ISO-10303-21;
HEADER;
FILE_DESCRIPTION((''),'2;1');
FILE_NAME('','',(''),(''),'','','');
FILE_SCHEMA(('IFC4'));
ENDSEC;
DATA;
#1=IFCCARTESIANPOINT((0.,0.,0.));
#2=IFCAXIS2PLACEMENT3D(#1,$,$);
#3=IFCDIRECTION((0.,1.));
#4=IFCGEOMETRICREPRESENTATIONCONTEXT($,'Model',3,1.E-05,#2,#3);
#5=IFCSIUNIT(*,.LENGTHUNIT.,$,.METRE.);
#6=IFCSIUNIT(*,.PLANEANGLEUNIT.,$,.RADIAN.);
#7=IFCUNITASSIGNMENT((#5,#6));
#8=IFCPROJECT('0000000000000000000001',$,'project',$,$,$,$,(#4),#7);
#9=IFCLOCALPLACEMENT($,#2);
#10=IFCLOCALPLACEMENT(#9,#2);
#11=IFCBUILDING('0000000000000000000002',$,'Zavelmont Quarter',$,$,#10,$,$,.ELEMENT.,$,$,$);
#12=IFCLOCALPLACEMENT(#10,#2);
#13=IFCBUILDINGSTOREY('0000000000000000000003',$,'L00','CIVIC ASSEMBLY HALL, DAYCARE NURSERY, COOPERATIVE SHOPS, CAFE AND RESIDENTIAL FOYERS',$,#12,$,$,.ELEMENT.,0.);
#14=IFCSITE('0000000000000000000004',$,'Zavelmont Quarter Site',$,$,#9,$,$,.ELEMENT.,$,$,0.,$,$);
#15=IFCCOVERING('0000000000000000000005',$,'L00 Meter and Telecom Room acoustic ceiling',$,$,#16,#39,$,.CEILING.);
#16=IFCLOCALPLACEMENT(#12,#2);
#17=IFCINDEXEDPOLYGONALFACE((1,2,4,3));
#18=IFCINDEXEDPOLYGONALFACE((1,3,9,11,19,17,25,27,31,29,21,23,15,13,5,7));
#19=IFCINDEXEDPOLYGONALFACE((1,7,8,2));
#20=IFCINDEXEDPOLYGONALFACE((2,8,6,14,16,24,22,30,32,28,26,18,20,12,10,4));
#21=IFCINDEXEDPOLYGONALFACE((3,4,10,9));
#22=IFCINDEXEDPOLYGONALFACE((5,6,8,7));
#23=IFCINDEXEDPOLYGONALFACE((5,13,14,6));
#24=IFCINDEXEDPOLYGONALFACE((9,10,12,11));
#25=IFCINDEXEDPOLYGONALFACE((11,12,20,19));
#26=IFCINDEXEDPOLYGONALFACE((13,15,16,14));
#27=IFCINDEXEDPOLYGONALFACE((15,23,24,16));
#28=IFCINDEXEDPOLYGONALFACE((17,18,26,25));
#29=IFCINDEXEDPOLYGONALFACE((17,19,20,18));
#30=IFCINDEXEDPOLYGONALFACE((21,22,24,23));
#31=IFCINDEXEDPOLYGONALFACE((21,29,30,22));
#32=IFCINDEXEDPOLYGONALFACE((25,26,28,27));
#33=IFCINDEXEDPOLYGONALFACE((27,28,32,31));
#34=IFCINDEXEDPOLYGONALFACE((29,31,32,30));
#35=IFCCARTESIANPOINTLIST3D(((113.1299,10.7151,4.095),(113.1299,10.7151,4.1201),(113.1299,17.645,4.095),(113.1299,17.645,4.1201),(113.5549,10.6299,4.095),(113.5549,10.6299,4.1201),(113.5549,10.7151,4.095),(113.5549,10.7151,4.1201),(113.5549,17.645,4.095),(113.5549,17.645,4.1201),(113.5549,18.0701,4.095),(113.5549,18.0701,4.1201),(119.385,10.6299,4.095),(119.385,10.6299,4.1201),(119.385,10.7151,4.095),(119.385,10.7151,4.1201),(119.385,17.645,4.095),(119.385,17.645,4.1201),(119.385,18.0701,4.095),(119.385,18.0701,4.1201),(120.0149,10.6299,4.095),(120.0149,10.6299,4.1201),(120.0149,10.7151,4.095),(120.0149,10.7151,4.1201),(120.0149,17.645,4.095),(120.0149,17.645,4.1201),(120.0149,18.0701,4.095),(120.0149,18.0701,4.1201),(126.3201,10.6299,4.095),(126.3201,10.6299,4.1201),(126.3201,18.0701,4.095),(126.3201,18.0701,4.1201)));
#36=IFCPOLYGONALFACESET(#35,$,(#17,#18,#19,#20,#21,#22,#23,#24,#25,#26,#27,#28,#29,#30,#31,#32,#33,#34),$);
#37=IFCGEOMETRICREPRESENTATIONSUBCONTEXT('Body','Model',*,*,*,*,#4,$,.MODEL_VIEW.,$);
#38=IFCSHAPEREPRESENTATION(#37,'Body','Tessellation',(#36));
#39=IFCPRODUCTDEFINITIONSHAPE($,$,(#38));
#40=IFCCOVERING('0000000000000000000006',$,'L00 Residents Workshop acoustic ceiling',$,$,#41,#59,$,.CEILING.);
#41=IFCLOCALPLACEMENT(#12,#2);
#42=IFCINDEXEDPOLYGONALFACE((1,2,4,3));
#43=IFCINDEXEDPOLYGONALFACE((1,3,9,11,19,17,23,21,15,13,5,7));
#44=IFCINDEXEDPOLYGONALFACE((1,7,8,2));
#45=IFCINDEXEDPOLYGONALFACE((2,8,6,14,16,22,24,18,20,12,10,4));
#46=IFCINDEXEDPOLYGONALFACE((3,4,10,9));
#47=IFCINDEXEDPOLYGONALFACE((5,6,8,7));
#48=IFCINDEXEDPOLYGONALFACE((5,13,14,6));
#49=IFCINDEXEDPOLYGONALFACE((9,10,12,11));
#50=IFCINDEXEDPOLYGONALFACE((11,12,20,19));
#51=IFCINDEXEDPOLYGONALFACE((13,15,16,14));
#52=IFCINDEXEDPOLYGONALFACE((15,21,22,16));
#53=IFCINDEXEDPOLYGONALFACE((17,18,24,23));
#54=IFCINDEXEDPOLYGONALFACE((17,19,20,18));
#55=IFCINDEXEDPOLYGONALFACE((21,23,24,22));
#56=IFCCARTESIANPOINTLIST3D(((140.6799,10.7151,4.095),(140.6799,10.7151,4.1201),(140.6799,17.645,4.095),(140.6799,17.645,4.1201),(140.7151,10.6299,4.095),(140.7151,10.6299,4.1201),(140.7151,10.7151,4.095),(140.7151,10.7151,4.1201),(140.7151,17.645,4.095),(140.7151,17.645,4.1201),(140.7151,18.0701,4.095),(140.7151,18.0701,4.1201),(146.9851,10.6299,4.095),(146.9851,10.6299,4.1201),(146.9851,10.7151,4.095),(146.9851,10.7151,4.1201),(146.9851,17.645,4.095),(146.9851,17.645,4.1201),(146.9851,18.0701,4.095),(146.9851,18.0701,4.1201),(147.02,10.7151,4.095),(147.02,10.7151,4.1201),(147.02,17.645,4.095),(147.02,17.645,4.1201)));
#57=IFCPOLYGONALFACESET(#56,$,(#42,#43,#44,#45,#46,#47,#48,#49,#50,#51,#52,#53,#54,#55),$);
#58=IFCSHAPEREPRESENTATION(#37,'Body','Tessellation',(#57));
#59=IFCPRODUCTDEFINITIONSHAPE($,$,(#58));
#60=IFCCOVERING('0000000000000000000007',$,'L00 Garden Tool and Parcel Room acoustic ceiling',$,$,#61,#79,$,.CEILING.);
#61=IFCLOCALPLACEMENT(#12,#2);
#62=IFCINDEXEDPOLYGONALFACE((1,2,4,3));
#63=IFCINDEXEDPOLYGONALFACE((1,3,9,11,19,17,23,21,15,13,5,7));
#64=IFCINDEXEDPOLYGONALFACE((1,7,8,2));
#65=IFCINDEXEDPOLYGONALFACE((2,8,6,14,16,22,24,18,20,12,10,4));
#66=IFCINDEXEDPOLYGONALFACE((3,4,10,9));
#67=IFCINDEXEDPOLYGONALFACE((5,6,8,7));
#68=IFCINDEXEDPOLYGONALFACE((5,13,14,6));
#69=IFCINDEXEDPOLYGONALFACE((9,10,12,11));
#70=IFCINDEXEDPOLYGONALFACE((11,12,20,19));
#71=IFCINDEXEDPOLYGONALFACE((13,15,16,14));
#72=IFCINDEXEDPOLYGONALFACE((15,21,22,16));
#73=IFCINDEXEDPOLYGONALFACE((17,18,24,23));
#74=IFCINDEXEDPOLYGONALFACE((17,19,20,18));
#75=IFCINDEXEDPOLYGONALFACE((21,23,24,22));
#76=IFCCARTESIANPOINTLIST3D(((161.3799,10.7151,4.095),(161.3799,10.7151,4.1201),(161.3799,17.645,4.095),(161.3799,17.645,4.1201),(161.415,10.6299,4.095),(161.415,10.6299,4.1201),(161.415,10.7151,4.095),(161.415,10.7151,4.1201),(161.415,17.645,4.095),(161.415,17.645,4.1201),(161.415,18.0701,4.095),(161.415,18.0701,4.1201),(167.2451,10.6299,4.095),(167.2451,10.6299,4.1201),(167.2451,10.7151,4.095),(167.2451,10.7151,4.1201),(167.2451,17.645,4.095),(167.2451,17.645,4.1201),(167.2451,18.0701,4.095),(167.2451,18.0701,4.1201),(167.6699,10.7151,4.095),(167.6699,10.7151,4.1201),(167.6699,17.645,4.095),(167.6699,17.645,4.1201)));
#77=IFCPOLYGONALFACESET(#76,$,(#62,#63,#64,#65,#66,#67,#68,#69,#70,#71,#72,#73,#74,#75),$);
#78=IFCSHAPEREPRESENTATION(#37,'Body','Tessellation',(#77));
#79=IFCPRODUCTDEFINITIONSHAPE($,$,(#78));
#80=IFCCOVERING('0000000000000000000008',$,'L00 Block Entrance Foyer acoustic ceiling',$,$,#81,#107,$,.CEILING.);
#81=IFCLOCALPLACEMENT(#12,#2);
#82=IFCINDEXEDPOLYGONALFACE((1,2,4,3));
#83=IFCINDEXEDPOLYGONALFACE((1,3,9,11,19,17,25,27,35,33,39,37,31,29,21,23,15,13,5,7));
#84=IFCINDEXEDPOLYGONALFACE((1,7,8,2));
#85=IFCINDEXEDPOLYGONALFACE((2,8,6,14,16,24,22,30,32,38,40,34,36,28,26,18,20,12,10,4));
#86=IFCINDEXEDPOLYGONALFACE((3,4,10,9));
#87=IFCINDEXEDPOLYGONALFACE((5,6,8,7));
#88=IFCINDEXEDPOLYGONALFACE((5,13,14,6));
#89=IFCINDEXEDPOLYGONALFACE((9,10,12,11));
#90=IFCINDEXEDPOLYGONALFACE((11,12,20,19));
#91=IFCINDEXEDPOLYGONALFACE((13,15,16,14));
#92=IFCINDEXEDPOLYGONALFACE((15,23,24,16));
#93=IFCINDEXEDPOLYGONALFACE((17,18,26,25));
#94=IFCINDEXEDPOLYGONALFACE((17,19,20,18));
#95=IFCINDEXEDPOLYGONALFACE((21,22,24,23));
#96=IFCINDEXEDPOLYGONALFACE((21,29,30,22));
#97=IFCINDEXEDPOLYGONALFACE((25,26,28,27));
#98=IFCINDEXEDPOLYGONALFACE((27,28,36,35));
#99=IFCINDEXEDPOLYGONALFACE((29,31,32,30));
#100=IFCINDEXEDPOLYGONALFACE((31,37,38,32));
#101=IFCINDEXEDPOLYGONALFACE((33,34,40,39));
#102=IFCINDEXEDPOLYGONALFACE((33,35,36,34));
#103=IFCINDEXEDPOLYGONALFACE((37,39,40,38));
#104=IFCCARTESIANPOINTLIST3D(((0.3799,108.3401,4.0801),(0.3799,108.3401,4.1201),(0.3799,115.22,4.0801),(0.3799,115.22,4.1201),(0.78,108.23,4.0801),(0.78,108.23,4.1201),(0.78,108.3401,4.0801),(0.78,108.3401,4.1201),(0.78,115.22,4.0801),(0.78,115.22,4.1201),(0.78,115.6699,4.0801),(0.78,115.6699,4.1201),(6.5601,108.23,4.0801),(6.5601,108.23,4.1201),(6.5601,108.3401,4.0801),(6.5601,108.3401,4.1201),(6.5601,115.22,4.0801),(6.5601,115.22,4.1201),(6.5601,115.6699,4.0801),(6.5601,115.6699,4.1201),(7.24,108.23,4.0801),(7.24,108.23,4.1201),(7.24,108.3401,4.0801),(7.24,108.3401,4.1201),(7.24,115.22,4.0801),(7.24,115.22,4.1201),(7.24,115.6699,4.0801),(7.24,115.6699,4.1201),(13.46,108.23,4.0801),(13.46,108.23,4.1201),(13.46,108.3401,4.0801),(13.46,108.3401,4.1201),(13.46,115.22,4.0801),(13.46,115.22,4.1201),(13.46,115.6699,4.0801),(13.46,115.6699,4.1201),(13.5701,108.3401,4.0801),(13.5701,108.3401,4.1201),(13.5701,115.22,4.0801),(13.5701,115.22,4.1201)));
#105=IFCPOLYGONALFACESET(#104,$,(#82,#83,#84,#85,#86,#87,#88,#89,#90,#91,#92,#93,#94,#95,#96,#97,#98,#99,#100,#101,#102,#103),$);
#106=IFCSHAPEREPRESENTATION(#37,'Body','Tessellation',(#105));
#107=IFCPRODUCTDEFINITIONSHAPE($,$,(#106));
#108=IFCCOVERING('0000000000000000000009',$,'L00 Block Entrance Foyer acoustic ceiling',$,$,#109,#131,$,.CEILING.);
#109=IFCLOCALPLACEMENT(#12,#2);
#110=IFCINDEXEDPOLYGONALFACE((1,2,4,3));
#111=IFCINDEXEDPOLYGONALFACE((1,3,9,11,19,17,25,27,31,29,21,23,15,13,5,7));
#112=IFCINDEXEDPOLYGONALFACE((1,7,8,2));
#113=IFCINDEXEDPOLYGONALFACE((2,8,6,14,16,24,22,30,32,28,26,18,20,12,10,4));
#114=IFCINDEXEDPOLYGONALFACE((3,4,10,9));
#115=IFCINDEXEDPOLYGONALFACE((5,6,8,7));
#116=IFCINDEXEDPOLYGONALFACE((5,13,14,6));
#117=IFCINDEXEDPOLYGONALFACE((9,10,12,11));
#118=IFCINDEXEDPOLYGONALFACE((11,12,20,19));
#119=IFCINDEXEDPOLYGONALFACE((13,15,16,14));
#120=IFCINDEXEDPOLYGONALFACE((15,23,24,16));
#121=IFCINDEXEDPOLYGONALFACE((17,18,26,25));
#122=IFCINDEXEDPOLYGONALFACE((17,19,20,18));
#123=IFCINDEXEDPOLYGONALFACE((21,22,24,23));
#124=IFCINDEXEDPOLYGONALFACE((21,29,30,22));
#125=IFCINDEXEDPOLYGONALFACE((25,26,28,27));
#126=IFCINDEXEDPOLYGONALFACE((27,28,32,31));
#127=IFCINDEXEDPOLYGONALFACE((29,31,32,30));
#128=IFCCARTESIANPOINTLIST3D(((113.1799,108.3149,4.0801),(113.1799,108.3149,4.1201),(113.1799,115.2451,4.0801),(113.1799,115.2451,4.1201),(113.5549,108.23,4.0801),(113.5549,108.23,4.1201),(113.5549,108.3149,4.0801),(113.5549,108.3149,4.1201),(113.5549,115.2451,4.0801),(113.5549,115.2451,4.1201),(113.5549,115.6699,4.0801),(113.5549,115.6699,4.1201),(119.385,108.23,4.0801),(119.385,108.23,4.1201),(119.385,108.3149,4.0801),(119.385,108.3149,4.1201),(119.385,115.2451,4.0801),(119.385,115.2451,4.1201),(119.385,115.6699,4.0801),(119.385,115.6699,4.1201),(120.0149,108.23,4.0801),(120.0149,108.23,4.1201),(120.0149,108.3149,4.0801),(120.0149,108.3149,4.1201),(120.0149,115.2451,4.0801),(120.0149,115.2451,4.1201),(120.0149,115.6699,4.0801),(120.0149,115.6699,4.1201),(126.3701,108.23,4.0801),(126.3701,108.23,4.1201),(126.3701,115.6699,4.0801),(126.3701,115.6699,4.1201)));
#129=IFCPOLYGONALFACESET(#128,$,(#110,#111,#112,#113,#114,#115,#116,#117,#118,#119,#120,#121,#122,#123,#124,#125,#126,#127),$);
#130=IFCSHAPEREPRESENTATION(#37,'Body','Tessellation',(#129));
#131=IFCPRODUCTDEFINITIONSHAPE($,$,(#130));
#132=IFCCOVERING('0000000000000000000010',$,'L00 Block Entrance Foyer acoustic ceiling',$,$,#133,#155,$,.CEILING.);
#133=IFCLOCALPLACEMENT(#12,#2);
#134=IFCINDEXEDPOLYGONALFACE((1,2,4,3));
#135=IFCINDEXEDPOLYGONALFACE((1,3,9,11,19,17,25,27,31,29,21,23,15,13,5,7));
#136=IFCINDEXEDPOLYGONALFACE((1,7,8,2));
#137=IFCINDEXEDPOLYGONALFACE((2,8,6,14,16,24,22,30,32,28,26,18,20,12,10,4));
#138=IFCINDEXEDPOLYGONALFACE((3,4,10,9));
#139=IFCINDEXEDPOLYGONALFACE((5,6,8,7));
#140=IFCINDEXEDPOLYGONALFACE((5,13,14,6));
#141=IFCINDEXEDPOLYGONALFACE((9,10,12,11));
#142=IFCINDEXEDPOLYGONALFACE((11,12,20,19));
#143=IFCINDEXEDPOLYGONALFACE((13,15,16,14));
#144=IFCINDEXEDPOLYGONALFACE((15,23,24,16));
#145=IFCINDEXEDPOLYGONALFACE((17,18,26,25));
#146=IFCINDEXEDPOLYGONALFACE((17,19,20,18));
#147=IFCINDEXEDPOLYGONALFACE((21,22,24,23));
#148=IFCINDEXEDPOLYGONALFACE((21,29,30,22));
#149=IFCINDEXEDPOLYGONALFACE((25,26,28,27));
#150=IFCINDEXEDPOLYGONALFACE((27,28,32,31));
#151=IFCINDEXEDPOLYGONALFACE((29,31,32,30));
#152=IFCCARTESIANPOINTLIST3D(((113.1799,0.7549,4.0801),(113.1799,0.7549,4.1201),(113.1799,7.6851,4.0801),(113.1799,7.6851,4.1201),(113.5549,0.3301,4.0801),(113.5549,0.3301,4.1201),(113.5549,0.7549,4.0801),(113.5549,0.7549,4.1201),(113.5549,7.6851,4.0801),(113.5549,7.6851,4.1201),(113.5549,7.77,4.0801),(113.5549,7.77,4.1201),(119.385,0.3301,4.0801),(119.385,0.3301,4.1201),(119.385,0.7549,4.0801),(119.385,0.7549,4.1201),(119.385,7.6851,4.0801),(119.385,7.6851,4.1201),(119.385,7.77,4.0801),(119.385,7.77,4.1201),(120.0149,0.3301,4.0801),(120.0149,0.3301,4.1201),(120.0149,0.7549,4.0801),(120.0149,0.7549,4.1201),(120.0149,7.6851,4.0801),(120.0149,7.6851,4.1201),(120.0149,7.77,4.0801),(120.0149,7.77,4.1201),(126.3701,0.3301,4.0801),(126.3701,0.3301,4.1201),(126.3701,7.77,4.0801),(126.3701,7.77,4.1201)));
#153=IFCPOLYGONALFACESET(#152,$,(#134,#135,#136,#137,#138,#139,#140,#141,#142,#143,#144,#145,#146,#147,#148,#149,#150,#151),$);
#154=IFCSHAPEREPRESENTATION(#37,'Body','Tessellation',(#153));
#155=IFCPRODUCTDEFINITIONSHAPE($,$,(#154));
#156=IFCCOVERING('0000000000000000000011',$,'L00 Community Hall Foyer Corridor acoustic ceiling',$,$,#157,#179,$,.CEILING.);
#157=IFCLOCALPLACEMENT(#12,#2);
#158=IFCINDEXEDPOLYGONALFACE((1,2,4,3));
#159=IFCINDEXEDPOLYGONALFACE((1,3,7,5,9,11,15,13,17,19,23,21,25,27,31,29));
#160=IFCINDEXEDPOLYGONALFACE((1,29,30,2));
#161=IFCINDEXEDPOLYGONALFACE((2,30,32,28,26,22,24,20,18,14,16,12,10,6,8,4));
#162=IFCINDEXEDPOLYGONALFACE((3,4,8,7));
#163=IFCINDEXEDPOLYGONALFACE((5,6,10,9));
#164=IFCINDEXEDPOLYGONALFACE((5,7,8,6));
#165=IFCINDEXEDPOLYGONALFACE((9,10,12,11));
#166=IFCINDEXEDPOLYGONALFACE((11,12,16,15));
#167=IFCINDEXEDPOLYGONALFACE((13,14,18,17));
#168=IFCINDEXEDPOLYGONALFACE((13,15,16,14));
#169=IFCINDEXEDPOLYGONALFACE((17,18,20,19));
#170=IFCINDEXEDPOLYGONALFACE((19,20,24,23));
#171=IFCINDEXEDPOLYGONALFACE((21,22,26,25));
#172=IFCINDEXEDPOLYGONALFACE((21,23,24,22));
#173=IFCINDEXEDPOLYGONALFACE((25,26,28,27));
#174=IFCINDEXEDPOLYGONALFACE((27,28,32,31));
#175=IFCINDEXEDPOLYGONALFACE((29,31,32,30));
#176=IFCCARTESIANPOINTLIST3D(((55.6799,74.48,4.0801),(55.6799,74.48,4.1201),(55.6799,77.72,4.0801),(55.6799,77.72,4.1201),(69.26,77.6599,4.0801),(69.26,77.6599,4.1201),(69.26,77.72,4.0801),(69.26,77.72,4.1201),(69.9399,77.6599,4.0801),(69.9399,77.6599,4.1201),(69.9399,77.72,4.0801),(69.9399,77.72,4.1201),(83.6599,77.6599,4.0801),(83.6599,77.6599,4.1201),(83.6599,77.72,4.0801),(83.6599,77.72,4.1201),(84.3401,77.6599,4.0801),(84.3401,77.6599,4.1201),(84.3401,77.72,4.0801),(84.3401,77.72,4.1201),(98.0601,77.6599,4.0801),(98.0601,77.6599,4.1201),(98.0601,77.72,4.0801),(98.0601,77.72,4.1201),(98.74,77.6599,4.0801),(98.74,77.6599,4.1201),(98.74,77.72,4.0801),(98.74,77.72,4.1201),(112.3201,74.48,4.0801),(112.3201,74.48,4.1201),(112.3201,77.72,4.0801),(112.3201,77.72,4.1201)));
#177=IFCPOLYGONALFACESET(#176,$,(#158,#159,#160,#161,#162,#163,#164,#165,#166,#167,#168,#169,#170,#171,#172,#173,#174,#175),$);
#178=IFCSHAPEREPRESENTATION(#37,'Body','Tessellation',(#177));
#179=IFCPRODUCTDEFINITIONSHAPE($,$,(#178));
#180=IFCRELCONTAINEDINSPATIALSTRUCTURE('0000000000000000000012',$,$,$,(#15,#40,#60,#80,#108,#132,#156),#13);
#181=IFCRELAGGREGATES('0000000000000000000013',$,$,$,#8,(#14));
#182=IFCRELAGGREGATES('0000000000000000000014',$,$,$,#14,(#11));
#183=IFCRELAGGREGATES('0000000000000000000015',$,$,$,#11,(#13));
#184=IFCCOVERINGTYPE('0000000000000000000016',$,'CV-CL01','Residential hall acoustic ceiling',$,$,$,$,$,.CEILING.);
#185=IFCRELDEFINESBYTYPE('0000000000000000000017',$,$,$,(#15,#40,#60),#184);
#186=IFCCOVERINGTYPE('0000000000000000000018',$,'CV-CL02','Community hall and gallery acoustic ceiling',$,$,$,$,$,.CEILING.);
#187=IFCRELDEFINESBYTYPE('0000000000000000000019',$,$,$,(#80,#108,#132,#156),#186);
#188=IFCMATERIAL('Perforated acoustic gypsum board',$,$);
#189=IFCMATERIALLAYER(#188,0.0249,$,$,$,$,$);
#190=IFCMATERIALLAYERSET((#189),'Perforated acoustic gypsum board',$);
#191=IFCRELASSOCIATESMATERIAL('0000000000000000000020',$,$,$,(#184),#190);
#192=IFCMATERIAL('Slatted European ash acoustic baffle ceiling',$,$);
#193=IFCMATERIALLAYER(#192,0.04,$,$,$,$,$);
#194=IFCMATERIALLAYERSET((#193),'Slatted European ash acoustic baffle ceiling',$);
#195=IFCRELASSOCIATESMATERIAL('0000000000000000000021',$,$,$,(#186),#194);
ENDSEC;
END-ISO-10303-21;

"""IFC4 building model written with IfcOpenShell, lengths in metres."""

from ifc_helpers import new_model, si_unit, direction, frame, origin, place, context, subcontext, project, spatial, polyline, outline, extrude, material, layer, layer_set, type_object, element, save


model = new_model("IFC4")

# Units and contexts
model_context = context("Model", 3, precision=1e-05, world=origin(), true_north=direction((0.0, 1.0)))
body_context = subcontext(model_context, "Body", "Model", "MODEL_VIEW")
ifc_project = project(units=[si_unit("LENGTHUNIT", "METRE"), si_unit("PLANEANGLEUNIT", "RADIAN")], contexts=[model_context])

# Site, building, storey
site_placement = place(None, origin())
site = spatial("IfcSite", under=ifc_project, at=site_placement, Name="Zavelmont Quarter Site", CompositionType="ELEMENT", RefElevation=0.0)
building_placement = place(site_placement, origin())
building = spatial("IfcBuilding", under=site, at=building_placement, Name="Zavelmont Quarter", CompositionType="ELEMENT")
storey_placement = place(building_placement, origin())
storey = spatial("IfcBuildingStorey", under=building, at=storey_placement, Name="L00", Description="CIVIC ASSEMBLY HALL, DAYCARE NURSERY, COOPERATIVE SHOPS, CAFE AND RESIDENTIAL FOYERS", CompositionType="ELEMENT", Elevation=0.0)

# Coverings
ifc_material_1 = material(Name="Perforated acoustic gypsum board")
ifc_layer_1 = layer(ifc_material_1, 0.0249)
ifc_layer_set_1 = layer_set([ifc_layer_1], Name="Perforated acoustic gypsum board")
covering_type_1 = type_object("IfcCoveringType", Name="CV-CL01", Description="Residential hall acoustic ceiling", PredefinedType="CEILING", material=ifc_layer_set_1)
covering_1_placement = place(storey_placement, frame((0.0, 0.0, 4.095)))
element("IfcCovering", 1, at=covering_1_placement, inside=storey, type_object=covering_type_1, Name="L00 Meter and Telecom Room acoustic ceiling", PredefinedType="CEILING", context=body_context, shape_type="SweptSolid", body=[
    extrude(outline(polyline([(113.1299, 17.645), (113.5549, 17.645), (113.5549, 18.0701), (119.385, 18.0701), (119.385, 17.645), (120.0149, 17.645), (120.0149, 18.0701), (126.3201, 18.0701), (126.3201, 10.6299), (120.0149, 10.6299), (120.0149, 10.7151), (119.385, 10.7151), (119.385, 10.6299), (113.5549, 10.6299), (113.5549, 10.7151), (113.1299, 10.7151), (113.1299, 17.645)])), origin(), (0.0, 0.0, 1.0), 0.0251),
])
covering_2_placement = place(storey_placement, frame((0.0, 0.0, 4.095)))
element("IfcCovering", 2, at=covering_2_placement, inside=storey, type_object=covering_type_1, Name="L00 Residents Workshop acoustic ceiling", PredefinedType="CEILING", context=body_context, shape_type="SweptSolid", body=[
    extrude(outline(polyline([(140.6799, 17.645), (140.7151, 17.645), (140.7151, 18.0701), (146.9851, 18.0701), (146.9851, 17.645), (147.02, 17.645), (147.02, 10.7151), (146.9851, 10.7151), (146.9851, 10.6299), (140.7151, 10.6299), (140.7151, 10.7151), (140.6799, 10.7151), (140.6799, 17.645)])), origin(), (0.0, 0.0, 1.0), 0.0251),
])
covering_3_placement = place(storey_placement, frame((0.0, 0.0, 4.095)))
element("IfcCovering", 3, at=covering_3_placement, inside=storey, type_object=covering_type_1, Name="L00 Garden Tool and Parcel Room acoustic ceiling", PredefinedType="CEILING", context=body_context, shape_type="SweptSolid", body=[
    extrude(outline(polyline([(161.3799, 17.645), (161.415, 17.645), (161.415, 18.0701), (167.2451, 18.0701), (167.2451, 17.645), (167.6699, 17.645), (167.6699, 10.7151), (167.2451, 10.7151), (167.2451, 10.6299), (161.415, 10.6299), (161.415, 10.7151), (161.3799, 10.7151), (161.3799, 17.645)])), origin(), (0.0, 0.0, 1.0), 0.0251),
])
ifc_material_2 = material(Name="Slatted European ash acoustic baffle ceiling")
ifc_layer_2 = layer(ifc_material_2, 0.04)
ifc_layer_set_2 = layer_set([ifc_layer_2], Name="Slatted European ash acoustic baffle ceiling")
covering_type_2 = type_object("IfcCoveringType", Name="CV-CL02", Description="Community hall and gallery acoustic ceiling", PredefinedType="CEILING", material=ifc_layer_set_2)
covering_4_placement = place(storey_placement, frame((0.0, 0.0, 4.0801)))
element("IfcCovering", 4, at=covering_4_placement, inside=storey, type_object=covering_type_2, Name="L00 Block Entrance Foyer acoustic ceiling", PredefinedType="CEILING", context=body_context, shape_type="SweptSolid", body=[
    extrude(outline(polyline([(0.3799, 115.22), (0.78, 115.22), (0.78, 115.6699), (6.5601, 115.6699), (6.5601, 115.22), (7.24, 115.22), (7.24, 115.6699), (13.46, 115.6699), (13.46, 115.22), (13.5701, 115.22), (13.5701, 108.3401), (13.46, 108.3401), (13.46, 108.23), (7.24, 108.23), (7.24, 108.3401), (6.5601, 108.3401), (6.5601, 108.23), (0.78, 108.23), (0.78, 108.3401), (0.3799, 108.3401), (0.3799, 115.22)])), origin(), (0.0, 0.0, 1.0), 0.04),
])
covering_5_placement = place(storey_placement, frame((0.0, 0.0, 4.0801)))
element("IfcCovering", 5, at=covering_5_placement, inside=storey, type_object=covering_type_2, Name="L00 Block Entrance Foyer acoustic ceiling", PredefinedType="CEILING", context=body_context, shape_type="SweptSolid", body=[
    extrude(outline(polyline([(113.1799, 115.2451), (113.5549, 115.2451), (113.5549, 115.6699), (119.385, 115.6699), (119.385, 115.2451), (120.0149, 115.2451), (120.0149, 115.6699), (126.3701, 115.6699), (126.3701, 108.23), (120.0149, 108.23), (120.0149, 108.3149), (119.385, 108.3149), (119.385, 108.23), (113.5549, 108.23), (113.5549, 108.3149), (113.1799, 108.3149), (113.1799, 115.2451)])), origin(), (0.0, 0.0, 1.0), 0.04),
])
covering_6_placement = place(storey_placement, frame((0.0, 0.0, 4.0801)))
element("IfcCovering", 6, at=covering_6_placement, inside=storey, type_object=covering_type_2, Name="L00 Block Entrance Foyer acoustic ceiling", PredefinedType="CEILING", context=body_context, shape_type="SweptSolid", body=[
    extrude(outline(polyline([(113.1799, 7.6851), (113.5549, 7.6851), (113.5549, 7.77), (119.385, 7.77), (119.385, 7.6851), (120.0149, 7.6851), (120.0149, 7.77), (126.3701, 7.77), (126.3701, 0.3301), (120.0149, 0.3301), (120.0149, 0.7549), (119.385, 0.7549), (119.385, 0.3301), (113.5549, 0.3301), (113.5549, 0.7549), (113.1799, 0.7549), (113.1799, 7.6851)])), origin(), (0.0, 0.0, 1.0), 0.04),
])
covering_7_placement = place(storey_placement, frame((0.0, 0.0, 4.0801)))
element("IfcCovering", 7, at=covering_7_placement, inside=storey, type_object=covering_type_2, Name="L00 Community Hall Foyer Corridor acoustic ceiling", PredefinedType="CEILING", context=body_context, shape_type="SweptSolid", body=[
    extrude(outline(polyline([(55.6799, 77.72), (69.26, 77.72), (69.26, 77.6599), (69.9399, 77.6599), (69.9399, 77.72), (83.6599, 77.72), (83.6599, 77.6599), (84.3401, 77.6599), (84.3401, 77.72), (98.0601, 77.72), (98.0601, 77.6599), (98.74, 77.6599), (98.74, 77.72), (112.3201, 77.72), (112.3201, 74.48), (55.6799, 74.48), (55.6799, 77.72)])), origin(), (0.0, 0.0, 1.0), 0.04),
])

save(model, "model.ifc")
